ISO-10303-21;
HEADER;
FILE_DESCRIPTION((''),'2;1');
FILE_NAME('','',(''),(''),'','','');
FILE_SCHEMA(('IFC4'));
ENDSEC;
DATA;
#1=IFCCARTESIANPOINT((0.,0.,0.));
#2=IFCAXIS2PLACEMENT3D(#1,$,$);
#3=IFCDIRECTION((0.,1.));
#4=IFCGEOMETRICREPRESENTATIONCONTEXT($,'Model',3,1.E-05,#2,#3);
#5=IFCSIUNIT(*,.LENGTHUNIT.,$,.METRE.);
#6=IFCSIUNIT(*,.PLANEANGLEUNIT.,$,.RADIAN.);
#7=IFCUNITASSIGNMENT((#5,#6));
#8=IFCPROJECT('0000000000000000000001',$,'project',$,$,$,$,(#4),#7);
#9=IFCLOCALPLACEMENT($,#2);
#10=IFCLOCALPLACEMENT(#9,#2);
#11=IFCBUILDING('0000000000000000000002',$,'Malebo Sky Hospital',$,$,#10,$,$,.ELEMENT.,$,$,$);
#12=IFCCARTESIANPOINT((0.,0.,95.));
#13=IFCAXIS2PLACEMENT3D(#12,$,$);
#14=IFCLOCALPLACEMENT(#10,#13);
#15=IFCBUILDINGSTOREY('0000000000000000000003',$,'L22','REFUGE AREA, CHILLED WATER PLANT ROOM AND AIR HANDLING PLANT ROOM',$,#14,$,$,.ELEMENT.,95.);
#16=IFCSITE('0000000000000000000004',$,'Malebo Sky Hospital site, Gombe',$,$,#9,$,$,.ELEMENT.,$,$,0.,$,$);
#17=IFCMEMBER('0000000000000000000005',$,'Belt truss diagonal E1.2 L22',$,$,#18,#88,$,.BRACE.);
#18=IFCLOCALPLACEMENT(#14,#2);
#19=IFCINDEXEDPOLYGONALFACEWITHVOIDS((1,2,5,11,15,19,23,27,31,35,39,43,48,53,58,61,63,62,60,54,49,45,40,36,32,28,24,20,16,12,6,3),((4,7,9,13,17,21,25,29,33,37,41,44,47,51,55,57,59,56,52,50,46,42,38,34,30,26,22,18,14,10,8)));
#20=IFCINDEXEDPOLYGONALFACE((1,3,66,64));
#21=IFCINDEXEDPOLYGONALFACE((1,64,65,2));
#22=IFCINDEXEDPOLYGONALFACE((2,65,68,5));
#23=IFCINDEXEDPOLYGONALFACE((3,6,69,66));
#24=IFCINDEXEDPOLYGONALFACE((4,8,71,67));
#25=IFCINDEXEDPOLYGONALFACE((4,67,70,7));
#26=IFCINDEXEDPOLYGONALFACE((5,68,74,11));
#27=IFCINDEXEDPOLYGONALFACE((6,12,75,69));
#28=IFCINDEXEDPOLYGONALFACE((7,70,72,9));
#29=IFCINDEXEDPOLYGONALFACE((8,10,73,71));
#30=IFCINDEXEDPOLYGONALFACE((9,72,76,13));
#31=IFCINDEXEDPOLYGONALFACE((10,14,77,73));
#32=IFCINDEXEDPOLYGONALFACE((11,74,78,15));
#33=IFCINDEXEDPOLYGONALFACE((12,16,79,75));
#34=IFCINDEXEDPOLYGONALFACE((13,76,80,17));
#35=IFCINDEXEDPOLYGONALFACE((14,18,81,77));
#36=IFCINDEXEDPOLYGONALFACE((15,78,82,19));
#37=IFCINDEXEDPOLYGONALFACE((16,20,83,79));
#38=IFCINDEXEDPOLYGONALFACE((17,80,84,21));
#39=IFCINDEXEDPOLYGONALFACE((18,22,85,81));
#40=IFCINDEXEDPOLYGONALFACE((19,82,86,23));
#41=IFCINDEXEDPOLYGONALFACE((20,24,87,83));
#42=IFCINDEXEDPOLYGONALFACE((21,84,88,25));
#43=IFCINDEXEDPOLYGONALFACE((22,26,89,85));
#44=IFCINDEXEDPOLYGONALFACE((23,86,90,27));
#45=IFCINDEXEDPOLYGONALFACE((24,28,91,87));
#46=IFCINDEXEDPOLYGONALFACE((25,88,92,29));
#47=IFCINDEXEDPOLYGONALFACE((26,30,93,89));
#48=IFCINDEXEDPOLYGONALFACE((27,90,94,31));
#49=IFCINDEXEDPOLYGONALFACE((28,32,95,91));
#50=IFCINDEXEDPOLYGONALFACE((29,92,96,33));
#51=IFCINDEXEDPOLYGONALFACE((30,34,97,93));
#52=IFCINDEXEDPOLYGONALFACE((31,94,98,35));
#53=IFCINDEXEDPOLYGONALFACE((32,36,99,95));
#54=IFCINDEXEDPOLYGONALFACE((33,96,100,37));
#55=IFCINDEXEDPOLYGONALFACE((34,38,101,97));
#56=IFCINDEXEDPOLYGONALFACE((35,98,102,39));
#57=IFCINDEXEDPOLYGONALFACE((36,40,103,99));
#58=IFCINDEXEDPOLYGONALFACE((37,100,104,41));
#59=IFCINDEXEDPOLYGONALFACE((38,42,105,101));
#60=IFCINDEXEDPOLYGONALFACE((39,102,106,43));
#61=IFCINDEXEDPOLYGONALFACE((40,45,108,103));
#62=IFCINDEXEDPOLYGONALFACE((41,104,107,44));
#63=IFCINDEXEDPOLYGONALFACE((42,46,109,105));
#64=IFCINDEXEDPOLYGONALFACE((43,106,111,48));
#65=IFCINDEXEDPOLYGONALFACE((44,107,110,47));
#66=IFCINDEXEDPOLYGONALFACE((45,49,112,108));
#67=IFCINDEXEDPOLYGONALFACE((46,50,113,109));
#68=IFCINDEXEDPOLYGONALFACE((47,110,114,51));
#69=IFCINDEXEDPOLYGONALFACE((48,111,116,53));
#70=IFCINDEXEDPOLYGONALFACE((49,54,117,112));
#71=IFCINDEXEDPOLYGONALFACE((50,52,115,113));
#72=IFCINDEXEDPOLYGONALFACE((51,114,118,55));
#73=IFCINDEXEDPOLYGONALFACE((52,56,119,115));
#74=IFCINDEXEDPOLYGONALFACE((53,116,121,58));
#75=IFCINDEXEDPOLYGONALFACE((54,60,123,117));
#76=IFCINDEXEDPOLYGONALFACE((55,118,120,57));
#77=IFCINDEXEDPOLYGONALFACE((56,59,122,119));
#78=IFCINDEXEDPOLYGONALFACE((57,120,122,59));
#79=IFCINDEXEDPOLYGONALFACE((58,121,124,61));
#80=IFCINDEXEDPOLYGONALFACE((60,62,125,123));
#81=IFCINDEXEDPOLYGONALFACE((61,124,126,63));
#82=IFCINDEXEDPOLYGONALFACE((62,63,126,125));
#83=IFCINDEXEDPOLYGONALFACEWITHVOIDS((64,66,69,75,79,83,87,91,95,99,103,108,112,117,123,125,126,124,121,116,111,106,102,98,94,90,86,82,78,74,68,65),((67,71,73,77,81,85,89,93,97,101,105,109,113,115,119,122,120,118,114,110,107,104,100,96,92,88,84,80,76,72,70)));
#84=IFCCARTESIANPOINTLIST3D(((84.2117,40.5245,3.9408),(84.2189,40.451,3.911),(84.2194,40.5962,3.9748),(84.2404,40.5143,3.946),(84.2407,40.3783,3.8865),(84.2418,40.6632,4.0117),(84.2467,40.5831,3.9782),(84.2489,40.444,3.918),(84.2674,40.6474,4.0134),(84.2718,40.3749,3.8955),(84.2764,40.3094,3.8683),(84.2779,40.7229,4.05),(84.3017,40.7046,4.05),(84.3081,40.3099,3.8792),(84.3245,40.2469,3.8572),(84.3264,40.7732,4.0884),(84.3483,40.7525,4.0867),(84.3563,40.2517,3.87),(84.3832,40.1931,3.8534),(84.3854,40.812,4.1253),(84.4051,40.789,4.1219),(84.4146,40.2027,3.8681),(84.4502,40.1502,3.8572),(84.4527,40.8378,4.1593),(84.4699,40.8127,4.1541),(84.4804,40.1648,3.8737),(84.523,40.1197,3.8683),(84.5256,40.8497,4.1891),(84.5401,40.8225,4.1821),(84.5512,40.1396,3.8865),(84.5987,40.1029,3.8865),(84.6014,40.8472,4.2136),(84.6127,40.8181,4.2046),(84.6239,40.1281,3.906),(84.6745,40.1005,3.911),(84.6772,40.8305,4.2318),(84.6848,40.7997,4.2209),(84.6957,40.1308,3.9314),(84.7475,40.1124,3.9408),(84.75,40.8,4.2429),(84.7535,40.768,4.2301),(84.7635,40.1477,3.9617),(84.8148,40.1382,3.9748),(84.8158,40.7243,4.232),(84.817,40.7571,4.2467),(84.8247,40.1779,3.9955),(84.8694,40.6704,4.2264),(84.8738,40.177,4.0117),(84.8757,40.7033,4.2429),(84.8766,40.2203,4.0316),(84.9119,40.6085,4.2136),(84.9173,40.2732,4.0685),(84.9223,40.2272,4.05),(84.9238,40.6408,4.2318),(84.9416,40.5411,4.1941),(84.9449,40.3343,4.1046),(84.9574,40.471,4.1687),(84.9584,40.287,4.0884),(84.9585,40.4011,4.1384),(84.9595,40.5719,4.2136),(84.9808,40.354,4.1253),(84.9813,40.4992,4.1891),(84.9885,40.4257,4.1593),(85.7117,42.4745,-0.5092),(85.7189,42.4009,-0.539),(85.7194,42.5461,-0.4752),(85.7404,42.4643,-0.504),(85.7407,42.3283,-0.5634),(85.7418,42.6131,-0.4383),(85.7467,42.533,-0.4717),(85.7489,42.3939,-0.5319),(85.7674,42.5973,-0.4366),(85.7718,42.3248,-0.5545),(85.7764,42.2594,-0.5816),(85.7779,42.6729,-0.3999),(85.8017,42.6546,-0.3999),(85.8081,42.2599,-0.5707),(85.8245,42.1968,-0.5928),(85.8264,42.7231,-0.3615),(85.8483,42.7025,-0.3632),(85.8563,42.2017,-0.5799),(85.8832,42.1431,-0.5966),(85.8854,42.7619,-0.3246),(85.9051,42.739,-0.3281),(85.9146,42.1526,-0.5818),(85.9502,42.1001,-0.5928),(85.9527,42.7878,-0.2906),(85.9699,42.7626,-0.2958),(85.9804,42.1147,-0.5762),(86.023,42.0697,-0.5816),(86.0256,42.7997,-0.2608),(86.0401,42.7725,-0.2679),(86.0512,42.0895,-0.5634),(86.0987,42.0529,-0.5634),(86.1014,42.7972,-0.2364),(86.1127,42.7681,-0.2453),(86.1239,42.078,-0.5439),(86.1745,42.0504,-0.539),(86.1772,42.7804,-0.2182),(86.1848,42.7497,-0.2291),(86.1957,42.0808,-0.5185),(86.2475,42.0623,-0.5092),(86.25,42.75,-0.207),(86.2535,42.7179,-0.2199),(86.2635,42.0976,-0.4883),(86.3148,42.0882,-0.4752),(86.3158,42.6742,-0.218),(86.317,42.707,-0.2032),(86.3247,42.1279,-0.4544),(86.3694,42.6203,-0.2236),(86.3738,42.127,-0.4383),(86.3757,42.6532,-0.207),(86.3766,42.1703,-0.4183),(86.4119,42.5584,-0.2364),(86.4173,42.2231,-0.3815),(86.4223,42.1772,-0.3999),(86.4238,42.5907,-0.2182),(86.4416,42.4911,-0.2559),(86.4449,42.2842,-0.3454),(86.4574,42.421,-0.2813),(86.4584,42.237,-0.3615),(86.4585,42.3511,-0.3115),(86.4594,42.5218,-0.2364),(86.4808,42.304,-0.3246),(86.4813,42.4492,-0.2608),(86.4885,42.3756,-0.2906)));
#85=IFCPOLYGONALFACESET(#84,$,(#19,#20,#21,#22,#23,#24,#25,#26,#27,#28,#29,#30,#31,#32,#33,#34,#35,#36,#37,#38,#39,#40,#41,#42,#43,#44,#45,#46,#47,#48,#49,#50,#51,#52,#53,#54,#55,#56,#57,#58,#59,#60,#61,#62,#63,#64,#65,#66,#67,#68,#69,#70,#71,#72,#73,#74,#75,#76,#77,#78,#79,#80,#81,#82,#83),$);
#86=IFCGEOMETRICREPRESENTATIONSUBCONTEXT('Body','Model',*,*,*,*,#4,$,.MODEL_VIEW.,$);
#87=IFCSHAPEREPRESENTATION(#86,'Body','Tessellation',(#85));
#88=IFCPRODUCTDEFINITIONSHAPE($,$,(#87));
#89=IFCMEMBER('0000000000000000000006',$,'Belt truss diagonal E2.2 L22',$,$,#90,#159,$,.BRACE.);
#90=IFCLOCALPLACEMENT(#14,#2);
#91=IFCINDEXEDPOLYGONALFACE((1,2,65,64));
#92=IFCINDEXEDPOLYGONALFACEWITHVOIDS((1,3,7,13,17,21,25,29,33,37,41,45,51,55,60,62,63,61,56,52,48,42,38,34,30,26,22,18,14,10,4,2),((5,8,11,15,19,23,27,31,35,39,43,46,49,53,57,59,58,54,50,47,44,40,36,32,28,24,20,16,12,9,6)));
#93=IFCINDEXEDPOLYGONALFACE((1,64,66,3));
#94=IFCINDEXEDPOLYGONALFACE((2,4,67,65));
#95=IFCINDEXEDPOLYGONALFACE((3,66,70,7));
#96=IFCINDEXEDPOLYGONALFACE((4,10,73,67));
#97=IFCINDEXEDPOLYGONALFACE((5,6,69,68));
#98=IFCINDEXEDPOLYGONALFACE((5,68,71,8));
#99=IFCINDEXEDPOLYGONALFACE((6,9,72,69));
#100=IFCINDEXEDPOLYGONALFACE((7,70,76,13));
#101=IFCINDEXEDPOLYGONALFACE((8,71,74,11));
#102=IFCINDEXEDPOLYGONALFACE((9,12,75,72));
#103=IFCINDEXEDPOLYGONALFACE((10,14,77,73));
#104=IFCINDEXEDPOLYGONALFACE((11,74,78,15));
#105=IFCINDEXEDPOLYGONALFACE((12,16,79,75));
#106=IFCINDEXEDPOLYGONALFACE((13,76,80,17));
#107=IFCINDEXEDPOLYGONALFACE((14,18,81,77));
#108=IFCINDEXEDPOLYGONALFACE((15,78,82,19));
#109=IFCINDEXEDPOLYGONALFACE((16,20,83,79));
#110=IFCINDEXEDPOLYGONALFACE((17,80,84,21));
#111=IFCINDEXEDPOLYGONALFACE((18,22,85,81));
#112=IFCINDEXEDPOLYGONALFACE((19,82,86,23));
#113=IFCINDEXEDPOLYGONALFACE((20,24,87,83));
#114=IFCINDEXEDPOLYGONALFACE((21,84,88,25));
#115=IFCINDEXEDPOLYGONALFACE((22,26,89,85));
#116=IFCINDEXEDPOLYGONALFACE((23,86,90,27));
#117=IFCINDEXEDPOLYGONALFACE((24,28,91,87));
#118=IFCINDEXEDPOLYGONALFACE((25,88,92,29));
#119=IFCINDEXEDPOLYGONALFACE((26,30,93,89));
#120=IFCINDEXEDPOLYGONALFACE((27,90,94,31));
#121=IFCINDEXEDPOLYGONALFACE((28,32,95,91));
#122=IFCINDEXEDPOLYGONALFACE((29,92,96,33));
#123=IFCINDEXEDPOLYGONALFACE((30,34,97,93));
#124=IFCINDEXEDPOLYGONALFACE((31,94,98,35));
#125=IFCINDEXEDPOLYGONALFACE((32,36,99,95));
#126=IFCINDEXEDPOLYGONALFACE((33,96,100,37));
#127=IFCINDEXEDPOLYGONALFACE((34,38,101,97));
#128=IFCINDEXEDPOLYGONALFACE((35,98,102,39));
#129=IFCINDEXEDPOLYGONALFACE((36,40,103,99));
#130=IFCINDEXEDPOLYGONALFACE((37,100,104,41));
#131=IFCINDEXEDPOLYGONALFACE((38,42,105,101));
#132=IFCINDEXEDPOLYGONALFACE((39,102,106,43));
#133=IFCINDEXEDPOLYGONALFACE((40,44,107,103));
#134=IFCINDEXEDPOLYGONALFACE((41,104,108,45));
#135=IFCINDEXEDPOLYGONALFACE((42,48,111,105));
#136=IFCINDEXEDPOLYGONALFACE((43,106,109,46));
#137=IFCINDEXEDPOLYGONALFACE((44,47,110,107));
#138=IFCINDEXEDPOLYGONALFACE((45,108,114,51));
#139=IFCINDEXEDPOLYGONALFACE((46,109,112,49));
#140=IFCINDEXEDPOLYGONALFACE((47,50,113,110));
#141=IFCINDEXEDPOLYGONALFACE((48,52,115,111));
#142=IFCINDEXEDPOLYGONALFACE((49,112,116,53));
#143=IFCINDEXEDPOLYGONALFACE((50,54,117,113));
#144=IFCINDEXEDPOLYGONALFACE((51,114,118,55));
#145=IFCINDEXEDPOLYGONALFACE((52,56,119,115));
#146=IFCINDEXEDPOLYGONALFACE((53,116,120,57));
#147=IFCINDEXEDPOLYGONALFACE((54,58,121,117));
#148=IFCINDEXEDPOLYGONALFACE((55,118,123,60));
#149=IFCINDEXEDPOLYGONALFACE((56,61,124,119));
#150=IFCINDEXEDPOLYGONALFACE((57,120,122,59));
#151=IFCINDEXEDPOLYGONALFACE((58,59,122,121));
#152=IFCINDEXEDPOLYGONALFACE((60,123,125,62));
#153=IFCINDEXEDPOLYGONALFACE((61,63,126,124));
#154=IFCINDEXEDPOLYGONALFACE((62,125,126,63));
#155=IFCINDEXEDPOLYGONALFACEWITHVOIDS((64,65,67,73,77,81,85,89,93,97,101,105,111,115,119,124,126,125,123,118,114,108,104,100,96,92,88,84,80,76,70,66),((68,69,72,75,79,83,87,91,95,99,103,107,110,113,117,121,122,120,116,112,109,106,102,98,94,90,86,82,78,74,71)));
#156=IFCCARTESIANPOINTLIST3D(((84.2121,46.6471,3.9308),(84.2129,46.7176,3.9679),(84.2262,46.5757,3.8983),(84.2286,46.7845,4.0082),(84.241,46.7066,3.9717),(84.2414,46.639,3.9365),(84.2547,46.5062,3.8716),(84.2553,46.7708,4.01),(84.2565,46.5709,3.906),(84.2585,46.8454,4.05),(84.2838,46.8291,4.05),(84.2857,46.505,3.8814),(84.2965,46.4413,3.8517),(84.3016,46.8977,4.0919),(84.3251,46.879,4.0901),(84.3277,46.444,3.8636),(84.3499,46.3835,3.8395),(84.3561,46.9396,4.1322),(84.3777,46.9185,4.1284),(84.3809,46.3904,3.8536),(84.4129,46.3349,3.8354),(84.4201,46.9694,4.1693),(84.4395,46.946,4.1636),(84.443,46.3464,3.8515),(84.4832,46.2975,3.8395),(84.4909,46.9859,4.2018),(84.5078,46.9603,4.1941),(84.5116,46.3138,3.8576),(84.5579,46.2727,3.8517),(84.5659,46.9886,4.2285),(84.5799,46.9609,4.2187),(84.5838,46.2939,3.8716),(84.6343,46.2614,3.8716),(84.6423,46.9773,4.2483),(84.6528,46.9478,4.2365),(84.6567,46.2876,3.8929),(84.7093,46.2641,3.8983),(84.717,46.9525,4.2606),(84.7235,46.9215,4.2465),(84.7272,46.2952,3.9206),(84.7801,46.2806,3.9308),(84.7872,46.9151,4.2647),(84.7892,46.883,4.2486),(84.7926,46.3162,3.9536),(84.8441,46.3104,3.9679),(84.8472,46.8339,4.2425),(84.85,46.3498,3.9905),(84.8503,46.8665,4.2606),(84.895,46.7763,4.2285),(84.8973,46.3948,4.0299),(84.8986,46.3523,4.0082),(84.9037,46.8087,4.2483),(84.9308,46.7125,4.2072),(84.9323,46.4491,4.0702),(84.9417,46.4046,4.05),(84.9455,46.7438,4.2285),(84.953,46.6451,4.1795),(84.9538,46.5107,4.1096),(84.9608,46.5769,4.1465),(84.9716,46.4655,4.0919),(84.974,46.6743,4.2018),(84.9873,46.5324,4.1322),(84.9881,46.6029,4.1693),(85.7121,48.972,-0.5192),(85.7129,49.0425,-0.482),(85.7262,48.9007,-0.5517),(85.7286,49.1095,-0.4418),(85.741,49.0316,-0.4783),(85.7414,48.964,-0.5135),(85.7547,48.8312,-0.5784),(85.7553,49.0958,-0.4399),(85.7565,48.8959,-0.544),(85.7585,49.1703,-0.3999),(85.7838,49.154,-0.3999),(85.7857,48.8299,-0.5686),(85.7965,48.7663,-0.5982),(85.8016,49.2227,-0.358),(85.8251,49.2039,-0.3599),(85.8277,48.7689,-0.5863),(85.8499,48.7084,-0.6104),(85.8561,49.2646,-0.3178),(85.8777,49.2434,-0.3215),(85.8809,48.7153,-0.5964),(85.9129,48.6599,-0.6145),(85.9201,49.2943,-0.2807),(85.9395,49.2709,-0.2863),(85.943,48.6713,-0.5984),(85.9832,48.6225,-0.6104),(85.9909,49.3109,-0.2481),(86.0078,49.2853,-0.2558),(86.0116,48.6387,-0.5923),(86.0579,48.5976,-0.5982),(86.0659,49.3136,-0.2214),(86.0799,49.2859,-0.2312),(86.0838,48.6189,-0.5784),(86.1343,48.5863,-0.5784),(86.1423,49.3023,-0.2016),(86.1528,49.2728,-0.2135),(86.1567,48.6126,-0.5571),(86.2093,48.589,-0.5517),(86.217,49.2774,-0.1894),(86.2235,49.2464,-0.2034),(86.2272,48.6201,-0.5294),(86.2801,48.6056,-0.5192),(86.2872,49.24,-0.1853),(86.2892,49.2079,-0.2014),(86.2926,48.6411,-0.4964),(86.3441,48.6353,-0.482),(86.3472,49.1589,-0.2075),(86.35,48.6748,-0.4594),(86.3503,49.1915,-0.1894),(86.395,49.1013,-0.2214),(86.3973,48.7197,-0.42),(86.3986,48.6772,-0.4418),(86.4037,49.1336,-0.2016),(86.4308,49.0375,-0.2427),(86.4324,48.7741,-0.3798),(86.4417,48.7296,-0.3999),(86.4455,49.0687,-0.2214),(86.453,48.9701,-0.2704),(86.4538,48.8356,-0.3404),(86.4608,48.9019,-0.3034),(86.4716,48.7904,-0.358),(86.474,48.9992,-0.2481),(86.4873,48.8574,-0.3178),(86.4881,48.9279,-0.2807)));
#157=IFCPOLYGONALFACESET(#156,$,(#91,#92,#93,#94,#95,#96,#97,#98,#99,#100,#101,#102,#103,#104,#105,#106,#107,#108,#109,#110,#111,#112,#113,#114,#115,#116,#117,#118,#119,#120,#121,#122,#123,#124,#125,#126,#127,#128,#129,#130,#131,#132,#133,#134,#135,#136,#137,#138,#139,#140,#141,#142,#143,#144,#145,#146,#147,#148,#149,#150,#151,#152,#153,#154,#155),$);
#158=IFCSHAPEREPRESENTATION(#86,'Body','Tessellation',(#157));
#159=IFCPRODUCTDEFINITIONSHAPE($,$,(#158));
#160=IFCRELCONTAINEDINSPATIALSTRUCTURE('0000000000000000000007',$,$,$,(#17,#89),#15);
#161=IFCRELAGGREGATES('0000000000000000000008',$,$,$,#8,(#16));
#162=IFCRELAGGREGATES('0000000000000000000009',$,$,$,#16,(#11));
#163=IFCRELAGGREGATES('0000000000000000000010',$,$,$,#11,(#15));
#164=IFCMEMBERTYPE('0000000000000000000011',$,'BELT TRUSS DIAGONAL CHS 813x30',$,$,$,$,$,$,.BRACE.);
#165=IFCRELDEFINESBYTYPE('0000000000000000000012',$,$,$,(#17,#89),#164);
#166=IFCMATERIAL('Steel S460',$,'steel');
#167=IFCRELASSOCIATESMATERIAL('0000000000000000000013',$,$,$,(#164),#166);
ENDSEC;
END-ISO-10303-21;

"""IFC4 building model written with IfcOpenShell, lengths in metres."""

from ifc_helpers import new_model, si_unit, direction, frame, origin, origin_2d, place, context, subcontext, project, spatial, hollow_circle, extrude, material, material_profile, profile_set, type_object, element, save


model = new_model("IFC4")

# Units and contexts
model_context = context("Model", 3, precision=1e-05, world=origin(), true_north=direction((0.0, 1.0)))
body_context = subcontext(model_context, "Body", "Model", "MODEL_VIEW")
ifc_project = project(units=[si_unit("LENGTHUNIT", "METRE"), si_unit("PLANEANGLEUNIT", "RADIAN")], contexts=[model_context])

# Site, building, storey
site_placement = place(None, origin())
site = spatial("IfcSite", under=ifc_project, at=site_placement, Name="Malebo Sky Hospital site, Gombe", CompositionType="ELEMENT", RefElevation=0.0)
building_placement = place(site_placement, origin())
building = spatial("IfcBuilding", under=site, at=building_placement, Name="Malebo Sky Hospital", CompositionType="ELEMENT")
storey_placement = place(building_placement, frame((0.0, 0.0, 95.0)))
storey = spatial("IfcBuildingStorey", under=building, at=storey_placement, Name="L22", Description="REFUGE AREA, CHILLED WATER PLANT ROOM AND AIR HANDLING PLANT ROOM", CompositionType="ELEMENT", Elevation=95.0)

# Members
ifc_material_1 = material(Name="Steel S460", Category="steel")
ifc_material_profile_1 = material_profile(ifc_material_1, hollow_circle(Radius=0.4065, WallThickness=0.03, at=origin_2d()), Name="CHS 813x30")
ifc_profile_set_1 = profile_set([ifc_material_profile_1], Name="Steel S460")
member_type_1 = type_object("IfcMemberType", Name="BELT TRUSS DIAGONAL CHS 813x30", PredefinedType="BRACE", material=ifc_profile_set_1)
member_1_placement = place(storey_placement, frame((84.6001, 40.4751, 4.05), z_axis=(0.295002, 0.383492, -0.875162), x_axis=(-0.792617, 0.60972, 0.0)))
element("IfcMember", 1, at=member_1_placement, inside=storey, type_object=member_type_1, Name="Belt truss diagonal E1.2 L22", PredefinedType="BRACE", context=body_context, shape_type="SweptSolid", body=[
    extrude(hollow_circle(Radius=0.4065, WallThickness=0.03, at=origin_2d()), origin(), (0.0, 0.0, 1.0), 5.0847),
])
member_2_placement = place(storey_placement, frame((84.6001, 46.625, 4.05), z_axis=(0.28626, 0.443694, -0.849229), x_axis=(-0.840291, 0.542135, 0.0)))
element("IfcMember", 2, at=member_2_placement, inside=storey, type_object=member_type_1, Name="Belt truss diagonal E2.2 L22", PredefinedType="BRACE", context=body_context, shape_type="SweptSolid", body=[
    extrude(hollow_circle(Radius=0.4065, WallThickness=0.03, at=origin_2d()), origin(), (0.0, 0.0, 1.0), 5.24),
])

save(model, "model.ifc")
